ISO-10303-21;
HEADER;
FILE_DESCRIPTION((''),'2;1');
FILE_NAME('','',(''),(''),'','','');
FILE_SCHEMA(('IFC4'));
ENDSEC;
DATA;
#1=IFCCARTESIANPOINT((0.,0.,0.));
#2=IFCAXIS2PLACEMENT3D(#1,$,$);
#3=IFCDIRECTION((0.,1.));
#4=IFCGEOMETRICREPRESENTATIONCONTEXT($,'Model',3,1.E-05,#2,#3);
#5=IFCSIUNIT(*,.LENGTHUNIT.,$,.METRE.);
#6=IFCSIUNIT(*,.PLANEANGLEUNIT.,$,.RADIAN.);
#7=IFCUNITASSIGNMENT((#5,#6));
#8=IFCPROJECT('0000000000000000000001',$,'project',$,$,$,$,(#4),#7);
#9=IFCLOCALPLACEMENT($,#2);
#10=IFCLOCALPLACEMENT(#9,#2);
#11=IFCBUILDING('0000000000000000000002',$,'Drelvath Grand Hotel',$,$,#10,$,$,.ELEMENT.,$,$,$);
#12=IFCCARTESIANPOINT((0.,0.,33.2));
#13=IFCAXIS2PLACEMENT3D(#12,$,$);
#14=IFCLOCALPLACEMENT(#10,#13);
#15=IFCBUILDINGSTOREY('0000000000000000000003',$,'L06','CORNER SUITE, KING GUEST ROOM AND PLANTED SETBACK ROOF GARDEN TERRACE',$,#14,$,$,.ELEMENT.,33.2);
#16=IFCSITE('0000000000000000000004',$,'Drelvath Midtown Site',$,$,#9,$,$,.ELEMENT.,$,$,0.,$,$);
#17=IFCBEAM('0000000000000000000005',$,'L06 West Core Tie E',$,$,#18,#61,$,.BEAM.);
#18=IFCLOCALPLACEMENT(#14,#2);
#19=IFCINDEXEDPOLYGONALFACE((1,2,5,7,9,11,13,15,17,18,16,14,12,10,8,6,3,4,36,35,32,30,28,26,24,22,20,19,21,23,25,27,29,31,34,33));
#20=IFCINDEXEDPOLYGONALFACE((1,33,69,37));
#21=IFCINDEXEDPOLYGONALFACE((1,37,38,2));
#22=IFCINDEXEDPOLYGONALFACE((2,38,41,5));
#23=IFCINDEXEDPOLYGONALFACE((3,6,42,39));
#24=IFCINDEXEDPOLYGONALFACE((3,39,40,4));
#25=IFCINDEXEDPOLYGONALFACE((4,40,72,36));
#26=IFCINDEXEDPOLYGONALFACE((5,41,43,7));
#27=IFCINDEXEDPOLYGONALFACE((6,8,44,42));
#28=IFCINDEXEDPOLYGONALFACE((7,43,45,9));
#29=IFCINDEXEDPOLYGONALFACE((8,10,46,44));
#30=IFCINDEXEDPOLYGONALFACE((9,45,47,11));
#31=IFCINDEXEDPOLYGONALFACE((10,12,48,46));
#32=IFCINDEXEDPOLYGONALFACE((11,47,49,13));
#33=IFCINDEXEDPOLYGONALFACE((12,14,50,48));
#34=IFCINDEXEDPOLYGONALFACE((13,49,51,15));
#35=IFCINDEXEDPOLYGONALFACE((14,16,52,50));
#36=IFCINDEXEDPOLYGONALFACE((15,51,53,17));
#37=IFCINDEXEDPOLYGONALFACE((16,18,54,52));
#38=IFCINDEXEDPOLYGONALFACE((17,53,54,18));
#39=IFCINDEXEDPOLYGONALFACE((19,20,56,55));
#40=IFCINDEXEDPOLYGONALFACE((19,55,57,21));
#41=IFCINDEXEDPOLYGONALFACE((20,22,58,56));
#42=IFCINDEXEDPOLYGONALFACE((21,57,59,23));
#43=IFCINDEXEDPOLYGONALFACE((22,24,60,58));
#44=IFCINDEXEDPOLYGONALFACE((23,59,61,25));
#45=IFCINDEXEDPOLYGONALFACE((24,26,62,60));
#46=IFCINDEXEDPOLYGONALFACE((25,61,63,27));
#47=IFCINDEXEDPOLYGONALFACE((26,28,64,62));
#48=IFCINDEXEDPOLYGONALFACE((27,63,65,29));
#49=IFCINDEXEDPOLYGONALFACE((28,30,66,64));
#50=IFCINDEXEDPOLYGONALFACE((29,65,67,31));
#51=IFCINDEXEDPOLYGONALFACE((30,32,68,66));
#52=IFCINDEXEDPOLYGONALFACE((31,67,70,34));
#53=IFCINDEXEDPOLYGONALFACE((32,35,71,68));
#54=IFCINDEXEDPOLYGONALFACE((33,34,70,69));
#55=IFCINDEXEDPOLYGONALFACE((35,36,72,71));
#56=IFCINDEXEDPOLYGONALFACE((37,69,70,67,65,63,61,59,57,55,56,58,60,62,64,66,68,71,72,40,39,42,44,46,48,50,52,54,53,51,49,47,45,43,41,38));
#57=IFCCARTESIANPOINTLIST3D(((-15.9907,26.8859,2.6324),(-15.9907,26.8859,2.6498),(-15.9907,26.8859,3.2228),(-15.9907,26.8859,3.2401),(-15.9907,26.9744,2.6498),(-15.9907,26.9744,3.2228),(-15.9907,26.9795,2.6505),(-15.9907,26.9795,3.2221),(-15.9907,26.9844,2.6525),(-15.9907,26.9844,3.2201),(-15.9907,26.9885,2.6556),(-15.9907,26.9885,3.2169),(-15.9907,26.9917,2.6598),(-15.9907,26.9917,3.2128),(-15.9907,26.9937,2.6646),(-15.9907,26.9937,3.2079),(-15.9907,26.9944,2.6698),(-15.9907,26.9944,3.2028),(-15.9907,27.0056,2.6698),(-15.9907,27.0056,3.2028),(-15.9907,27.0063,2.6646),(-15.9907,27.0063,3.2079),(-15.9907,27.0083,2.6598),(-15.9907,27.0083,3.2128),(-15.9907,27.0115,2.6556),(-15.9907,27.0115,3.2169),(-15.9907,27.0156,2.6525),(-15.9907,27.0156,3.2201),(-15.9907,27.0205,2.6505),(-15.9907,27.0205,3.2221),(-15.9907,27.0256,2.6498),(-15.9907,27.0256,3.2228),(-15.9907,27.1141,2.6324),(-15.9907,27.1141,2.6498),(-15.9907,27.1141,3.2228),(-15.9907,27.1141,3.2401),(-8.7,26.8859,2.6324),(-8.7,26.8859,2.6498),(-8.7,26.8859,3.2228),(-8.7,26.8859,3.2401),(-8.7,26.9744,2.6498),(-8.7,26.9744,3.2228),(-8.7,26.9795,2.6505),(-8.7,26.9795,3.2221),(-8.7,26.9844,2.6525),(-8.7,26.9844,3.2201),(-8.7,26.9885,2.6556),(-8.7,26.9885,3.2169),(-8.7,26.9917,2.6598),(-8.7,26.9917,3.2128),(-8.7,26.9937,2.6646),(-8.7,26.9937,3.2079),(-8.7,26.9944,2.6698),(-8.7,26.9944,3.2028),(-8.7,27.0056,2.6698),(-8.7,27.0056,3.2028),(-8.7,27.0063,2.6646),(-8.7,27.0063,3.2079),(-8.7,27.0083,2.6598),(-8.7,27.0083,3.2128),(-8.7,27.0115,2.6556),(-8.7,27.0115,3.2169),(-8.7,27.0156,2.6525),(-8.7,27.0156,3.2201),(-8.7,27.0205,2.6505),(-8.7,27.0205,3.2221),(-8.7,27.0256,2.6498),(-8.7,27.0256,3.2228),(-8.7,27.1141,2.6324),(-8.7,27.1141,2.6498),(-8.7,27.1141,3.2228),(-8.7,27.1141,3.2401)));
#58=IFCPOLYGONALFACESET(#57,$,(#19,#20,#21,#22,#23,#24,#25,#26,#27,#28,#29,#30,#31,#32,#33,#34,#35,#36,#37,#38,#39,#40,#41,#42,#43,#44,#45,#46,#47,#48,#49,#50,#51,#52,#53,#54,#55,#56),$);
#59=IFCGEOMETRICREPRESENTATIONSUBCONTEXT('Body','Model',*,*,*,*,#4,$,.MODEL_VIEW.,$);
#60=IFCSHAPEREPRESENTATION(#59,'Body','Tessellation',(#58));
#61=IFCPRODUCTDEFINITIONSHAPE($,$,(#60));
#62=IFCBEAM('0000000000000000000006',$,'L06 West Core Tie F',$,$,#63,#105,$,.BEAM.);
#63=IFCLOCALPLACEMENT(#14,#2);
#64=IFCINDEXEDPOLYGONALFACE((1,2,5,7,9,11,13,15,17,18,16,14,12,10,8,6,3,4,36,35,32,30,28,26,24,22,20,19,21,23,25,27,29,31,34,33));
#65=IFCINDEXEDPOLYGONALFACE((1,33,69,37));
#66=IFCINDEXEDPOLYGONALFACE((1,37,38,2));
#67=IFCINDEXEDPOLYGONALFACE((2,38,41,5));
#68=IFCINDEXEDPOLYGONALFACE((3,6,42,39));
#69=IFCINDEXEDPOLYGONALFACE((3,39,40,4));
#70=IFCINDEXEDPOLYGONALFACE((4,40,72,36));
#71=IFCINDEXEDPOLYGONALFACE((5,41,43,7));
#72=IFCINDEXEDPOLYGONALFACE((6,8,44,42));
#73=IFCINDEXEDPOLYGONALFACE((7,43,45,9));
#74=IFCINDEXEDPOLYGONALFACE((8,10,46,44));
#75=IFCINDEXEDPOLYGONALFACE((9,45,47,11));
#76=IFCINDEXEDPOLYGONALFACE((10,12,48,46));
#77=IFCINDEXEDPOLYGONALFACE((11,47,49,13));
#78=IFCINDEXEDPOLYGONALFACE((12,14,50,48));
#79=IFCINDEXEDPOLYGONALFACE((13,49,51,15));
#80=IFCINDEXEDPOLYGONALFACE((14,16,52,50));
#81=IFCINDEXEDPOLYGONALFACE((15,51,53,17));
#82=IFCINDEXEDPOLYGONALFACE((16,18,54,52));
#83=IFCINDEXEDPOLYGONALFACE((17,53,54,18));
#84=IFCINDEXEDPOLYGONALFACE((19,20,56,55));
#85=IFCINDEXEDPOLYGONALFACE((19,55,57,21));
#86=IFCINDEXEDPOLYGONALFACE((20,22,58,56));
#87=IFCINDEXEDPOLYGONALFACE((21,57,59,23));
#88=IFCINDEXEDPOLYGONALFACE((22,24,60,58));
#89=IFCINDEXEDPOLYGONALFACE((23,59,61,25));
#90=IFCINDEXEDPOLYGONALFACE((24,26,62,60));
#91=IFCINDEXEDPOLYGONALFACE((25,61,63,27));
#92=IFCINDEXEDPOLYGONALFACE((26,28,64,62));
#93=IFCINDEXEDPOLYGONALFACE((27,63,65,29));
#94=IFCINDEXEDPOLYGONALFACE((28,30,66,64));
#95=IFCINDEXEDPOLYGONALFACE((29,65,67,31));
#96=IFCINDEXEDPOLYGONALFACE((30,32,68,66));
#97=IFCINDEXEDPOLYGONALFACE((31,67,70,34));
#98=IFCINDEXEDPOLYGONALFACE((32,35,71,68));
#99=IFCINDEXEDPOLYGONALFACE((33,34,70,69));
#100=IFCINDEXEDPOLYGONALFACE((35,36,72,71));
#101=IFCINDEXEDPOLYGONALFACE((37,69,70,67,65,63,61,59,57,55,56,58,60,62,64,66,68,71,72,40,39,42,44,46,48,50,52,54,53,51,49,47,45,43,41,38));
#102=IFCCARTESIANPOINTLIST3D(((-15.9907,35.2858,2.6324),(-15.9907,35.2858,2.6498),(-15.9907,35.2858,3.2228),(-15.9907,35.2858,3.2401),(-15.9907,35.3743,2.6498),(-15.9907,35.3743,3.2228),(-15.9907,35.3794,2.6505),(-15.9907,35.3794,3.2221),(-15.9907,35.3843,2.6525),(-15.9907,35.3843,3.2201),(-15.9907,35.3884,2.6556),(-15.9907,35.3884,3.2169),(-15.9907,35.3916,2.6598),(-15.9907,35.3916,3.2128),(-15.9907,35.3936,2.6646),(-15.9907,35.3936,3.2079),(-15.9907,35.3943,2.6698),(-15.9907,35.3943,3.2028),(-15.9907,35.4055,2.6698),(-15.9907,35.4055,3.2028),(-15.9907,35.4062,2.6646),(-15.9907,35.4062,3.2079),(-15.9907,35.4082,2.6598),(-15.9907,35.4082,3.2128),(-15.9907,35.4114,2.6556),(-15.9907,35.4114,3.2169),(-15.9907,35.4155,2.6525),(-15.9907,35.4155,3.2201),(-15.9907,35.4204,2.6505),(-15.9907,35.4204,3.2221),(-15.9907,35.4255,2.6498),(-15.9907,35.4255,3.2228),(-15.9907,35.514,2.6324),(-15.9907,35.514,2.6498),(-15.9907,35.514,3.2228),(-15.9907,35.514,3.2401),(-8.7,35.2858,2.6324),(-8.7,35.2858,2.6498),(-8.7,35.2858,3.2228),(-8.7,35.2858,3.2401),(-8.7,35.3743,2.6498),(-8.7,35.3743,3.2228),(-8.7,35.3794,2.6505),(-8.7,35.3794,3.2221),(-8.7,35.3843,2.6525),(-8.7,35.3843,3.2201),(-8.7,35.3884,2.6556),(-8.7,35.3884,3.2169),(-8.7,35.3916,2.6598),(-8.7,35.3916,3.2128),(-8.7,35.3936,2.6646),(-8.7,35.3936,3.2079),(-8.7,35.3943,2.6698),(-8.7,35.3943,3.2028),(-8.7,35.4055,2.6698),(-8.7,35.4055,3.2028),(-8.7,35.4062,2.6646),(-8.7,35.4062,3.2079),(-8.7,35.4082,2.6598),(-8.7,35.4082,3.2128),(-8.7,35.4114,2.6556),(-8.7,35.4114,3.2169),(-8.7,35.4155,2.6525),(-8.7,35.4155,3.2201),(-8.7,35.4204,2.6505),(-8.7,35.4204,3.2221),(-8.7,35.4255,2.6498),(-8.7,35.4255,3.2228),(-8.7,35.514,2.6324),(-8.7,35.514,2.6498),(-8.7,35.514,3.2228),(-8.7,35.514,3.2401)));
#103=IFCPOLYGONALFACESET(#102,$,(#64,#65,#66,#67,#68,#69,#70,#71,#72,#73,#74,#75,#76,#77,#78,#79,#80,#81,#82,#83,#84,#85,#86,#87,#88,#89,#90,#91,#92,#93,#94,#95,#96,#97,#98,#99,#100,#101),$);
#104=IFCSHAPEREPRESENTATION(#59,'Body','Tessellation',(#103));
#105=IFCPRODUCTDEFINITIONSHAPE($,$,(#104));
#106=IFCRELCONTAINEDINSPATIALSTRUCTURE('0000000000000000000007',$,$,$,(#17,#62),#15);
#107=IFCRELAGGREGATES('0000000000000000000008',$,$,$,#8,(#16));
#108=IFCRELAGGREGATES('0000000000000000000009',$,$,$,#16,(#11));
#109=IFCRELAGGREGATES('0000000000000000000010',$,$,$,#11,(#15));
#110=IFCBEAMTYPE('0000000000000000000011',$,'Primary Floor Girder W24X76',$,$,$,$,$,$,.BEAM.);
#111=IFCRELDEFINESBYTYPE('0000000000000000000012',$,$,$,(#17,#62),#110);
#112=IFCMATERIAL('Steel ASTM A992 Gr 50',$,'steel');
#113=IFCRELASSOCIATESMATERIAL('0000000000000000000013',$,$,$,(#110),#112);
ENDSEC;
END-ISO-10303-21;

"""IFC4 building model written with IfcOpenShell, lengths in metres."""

from ifc_helpers import new_model, si_unit, direction, frame, origin, origin_2d, place, context, subcontext, project, spatial, i_section, extrude, material, material_profile, profile_set, type_object, element, save


model = new_model("IFC4")

# Units and contexts
model_context = context("Model", 3, precision=1e-05, world=origin(), true_north=direction((0.0, 1.0)))
body_context = subcontext(model_context, "Body", "Model", "MODEL_VIEW")
ifc_project = project(units=[si_unit("LENGTHUNIT", "METRE"), si_unit("PLANEANGLEUNIT", "RADIAN")], contexts=[model_context])

# Site, building, storey
site_placement = place(None, origin())
site = spatial("IfcSite", under=ifc_project, at=site_placement, Name="Drelvath Midtown Site", CompositionType="ELEMENT", RefElevation=0.0)
building_placement = place(site_placement, origin())
building = spatial("IfcBuilding", under=site, at=building_placement, Name="Drelvath Grand Hotel", CompositionType="ELEMENT")
storey_placement = place(building_placement, frame((0.0, 0.0, 33.2)))
storey = spatial("IfcBuildingStorey", under=building, at=storey_placement, Name="L06", Description="CORNER SUITE, KING GUEST ROOM AND PLANTED SETBACK ROOF GARDEN TERRACE", CompositionType="ELEMENT", Elevation=33.2)

# Beams
ifc_material_1 = material(Name="Steel ASTM A992 Gr 50", Category="steel")
ifc_material_profile = material_profile(ifc_material_1, i_section(OverallWidth=0.2283, OverallDepth=0.6077, WebThickness=0.0112, FlangeThickness=0.0173, FilletRadius=0.02, at=origin_2d()), Name="W24X76")
ifc_profile_set = profile_set([ifc_material_profile], Name="Steel ASTM A992 Gr 50")
beam_type = type_object("IfcBeamType", Name="Primary Floor Girder W24X76", PredefinedType="BEAM", material=ifc_profile_set)
for number, where, z_axis, x_axis, name in (
    (1, (-15.9907, 27.0, 2.9363), (1.0, 0.0, 0.0), (0.0, 1.0, 0.0), "L06 West Core Tie E"),
    (2, (-15.9907, 35.3999, 2.9363), (1.0, 0.0, 0.0), (0.0, 1.0, 0.0), "L06 West Core Tie F"),
):
    element("IfcBeam", number, at=place(storey_placement, frame(where, z_axis=z_axis, x_axis=x_axis)), inside=storey, type_object=beam_type, Name=name, PredefinedType="BEAM", context=body_context, shape_type="SweptSolid", body=[
        extrude(i_section(OverallWidth=0.2283, OverallDepth=0.6077, WebThickness=0.0112, FlangeThickness=0.0173, FilletRadius=0.02, at=origin_2d()), origin(), (0.0, 0.0, 1.0), 7.2908),
    ])

save(model, "model.ifc")
